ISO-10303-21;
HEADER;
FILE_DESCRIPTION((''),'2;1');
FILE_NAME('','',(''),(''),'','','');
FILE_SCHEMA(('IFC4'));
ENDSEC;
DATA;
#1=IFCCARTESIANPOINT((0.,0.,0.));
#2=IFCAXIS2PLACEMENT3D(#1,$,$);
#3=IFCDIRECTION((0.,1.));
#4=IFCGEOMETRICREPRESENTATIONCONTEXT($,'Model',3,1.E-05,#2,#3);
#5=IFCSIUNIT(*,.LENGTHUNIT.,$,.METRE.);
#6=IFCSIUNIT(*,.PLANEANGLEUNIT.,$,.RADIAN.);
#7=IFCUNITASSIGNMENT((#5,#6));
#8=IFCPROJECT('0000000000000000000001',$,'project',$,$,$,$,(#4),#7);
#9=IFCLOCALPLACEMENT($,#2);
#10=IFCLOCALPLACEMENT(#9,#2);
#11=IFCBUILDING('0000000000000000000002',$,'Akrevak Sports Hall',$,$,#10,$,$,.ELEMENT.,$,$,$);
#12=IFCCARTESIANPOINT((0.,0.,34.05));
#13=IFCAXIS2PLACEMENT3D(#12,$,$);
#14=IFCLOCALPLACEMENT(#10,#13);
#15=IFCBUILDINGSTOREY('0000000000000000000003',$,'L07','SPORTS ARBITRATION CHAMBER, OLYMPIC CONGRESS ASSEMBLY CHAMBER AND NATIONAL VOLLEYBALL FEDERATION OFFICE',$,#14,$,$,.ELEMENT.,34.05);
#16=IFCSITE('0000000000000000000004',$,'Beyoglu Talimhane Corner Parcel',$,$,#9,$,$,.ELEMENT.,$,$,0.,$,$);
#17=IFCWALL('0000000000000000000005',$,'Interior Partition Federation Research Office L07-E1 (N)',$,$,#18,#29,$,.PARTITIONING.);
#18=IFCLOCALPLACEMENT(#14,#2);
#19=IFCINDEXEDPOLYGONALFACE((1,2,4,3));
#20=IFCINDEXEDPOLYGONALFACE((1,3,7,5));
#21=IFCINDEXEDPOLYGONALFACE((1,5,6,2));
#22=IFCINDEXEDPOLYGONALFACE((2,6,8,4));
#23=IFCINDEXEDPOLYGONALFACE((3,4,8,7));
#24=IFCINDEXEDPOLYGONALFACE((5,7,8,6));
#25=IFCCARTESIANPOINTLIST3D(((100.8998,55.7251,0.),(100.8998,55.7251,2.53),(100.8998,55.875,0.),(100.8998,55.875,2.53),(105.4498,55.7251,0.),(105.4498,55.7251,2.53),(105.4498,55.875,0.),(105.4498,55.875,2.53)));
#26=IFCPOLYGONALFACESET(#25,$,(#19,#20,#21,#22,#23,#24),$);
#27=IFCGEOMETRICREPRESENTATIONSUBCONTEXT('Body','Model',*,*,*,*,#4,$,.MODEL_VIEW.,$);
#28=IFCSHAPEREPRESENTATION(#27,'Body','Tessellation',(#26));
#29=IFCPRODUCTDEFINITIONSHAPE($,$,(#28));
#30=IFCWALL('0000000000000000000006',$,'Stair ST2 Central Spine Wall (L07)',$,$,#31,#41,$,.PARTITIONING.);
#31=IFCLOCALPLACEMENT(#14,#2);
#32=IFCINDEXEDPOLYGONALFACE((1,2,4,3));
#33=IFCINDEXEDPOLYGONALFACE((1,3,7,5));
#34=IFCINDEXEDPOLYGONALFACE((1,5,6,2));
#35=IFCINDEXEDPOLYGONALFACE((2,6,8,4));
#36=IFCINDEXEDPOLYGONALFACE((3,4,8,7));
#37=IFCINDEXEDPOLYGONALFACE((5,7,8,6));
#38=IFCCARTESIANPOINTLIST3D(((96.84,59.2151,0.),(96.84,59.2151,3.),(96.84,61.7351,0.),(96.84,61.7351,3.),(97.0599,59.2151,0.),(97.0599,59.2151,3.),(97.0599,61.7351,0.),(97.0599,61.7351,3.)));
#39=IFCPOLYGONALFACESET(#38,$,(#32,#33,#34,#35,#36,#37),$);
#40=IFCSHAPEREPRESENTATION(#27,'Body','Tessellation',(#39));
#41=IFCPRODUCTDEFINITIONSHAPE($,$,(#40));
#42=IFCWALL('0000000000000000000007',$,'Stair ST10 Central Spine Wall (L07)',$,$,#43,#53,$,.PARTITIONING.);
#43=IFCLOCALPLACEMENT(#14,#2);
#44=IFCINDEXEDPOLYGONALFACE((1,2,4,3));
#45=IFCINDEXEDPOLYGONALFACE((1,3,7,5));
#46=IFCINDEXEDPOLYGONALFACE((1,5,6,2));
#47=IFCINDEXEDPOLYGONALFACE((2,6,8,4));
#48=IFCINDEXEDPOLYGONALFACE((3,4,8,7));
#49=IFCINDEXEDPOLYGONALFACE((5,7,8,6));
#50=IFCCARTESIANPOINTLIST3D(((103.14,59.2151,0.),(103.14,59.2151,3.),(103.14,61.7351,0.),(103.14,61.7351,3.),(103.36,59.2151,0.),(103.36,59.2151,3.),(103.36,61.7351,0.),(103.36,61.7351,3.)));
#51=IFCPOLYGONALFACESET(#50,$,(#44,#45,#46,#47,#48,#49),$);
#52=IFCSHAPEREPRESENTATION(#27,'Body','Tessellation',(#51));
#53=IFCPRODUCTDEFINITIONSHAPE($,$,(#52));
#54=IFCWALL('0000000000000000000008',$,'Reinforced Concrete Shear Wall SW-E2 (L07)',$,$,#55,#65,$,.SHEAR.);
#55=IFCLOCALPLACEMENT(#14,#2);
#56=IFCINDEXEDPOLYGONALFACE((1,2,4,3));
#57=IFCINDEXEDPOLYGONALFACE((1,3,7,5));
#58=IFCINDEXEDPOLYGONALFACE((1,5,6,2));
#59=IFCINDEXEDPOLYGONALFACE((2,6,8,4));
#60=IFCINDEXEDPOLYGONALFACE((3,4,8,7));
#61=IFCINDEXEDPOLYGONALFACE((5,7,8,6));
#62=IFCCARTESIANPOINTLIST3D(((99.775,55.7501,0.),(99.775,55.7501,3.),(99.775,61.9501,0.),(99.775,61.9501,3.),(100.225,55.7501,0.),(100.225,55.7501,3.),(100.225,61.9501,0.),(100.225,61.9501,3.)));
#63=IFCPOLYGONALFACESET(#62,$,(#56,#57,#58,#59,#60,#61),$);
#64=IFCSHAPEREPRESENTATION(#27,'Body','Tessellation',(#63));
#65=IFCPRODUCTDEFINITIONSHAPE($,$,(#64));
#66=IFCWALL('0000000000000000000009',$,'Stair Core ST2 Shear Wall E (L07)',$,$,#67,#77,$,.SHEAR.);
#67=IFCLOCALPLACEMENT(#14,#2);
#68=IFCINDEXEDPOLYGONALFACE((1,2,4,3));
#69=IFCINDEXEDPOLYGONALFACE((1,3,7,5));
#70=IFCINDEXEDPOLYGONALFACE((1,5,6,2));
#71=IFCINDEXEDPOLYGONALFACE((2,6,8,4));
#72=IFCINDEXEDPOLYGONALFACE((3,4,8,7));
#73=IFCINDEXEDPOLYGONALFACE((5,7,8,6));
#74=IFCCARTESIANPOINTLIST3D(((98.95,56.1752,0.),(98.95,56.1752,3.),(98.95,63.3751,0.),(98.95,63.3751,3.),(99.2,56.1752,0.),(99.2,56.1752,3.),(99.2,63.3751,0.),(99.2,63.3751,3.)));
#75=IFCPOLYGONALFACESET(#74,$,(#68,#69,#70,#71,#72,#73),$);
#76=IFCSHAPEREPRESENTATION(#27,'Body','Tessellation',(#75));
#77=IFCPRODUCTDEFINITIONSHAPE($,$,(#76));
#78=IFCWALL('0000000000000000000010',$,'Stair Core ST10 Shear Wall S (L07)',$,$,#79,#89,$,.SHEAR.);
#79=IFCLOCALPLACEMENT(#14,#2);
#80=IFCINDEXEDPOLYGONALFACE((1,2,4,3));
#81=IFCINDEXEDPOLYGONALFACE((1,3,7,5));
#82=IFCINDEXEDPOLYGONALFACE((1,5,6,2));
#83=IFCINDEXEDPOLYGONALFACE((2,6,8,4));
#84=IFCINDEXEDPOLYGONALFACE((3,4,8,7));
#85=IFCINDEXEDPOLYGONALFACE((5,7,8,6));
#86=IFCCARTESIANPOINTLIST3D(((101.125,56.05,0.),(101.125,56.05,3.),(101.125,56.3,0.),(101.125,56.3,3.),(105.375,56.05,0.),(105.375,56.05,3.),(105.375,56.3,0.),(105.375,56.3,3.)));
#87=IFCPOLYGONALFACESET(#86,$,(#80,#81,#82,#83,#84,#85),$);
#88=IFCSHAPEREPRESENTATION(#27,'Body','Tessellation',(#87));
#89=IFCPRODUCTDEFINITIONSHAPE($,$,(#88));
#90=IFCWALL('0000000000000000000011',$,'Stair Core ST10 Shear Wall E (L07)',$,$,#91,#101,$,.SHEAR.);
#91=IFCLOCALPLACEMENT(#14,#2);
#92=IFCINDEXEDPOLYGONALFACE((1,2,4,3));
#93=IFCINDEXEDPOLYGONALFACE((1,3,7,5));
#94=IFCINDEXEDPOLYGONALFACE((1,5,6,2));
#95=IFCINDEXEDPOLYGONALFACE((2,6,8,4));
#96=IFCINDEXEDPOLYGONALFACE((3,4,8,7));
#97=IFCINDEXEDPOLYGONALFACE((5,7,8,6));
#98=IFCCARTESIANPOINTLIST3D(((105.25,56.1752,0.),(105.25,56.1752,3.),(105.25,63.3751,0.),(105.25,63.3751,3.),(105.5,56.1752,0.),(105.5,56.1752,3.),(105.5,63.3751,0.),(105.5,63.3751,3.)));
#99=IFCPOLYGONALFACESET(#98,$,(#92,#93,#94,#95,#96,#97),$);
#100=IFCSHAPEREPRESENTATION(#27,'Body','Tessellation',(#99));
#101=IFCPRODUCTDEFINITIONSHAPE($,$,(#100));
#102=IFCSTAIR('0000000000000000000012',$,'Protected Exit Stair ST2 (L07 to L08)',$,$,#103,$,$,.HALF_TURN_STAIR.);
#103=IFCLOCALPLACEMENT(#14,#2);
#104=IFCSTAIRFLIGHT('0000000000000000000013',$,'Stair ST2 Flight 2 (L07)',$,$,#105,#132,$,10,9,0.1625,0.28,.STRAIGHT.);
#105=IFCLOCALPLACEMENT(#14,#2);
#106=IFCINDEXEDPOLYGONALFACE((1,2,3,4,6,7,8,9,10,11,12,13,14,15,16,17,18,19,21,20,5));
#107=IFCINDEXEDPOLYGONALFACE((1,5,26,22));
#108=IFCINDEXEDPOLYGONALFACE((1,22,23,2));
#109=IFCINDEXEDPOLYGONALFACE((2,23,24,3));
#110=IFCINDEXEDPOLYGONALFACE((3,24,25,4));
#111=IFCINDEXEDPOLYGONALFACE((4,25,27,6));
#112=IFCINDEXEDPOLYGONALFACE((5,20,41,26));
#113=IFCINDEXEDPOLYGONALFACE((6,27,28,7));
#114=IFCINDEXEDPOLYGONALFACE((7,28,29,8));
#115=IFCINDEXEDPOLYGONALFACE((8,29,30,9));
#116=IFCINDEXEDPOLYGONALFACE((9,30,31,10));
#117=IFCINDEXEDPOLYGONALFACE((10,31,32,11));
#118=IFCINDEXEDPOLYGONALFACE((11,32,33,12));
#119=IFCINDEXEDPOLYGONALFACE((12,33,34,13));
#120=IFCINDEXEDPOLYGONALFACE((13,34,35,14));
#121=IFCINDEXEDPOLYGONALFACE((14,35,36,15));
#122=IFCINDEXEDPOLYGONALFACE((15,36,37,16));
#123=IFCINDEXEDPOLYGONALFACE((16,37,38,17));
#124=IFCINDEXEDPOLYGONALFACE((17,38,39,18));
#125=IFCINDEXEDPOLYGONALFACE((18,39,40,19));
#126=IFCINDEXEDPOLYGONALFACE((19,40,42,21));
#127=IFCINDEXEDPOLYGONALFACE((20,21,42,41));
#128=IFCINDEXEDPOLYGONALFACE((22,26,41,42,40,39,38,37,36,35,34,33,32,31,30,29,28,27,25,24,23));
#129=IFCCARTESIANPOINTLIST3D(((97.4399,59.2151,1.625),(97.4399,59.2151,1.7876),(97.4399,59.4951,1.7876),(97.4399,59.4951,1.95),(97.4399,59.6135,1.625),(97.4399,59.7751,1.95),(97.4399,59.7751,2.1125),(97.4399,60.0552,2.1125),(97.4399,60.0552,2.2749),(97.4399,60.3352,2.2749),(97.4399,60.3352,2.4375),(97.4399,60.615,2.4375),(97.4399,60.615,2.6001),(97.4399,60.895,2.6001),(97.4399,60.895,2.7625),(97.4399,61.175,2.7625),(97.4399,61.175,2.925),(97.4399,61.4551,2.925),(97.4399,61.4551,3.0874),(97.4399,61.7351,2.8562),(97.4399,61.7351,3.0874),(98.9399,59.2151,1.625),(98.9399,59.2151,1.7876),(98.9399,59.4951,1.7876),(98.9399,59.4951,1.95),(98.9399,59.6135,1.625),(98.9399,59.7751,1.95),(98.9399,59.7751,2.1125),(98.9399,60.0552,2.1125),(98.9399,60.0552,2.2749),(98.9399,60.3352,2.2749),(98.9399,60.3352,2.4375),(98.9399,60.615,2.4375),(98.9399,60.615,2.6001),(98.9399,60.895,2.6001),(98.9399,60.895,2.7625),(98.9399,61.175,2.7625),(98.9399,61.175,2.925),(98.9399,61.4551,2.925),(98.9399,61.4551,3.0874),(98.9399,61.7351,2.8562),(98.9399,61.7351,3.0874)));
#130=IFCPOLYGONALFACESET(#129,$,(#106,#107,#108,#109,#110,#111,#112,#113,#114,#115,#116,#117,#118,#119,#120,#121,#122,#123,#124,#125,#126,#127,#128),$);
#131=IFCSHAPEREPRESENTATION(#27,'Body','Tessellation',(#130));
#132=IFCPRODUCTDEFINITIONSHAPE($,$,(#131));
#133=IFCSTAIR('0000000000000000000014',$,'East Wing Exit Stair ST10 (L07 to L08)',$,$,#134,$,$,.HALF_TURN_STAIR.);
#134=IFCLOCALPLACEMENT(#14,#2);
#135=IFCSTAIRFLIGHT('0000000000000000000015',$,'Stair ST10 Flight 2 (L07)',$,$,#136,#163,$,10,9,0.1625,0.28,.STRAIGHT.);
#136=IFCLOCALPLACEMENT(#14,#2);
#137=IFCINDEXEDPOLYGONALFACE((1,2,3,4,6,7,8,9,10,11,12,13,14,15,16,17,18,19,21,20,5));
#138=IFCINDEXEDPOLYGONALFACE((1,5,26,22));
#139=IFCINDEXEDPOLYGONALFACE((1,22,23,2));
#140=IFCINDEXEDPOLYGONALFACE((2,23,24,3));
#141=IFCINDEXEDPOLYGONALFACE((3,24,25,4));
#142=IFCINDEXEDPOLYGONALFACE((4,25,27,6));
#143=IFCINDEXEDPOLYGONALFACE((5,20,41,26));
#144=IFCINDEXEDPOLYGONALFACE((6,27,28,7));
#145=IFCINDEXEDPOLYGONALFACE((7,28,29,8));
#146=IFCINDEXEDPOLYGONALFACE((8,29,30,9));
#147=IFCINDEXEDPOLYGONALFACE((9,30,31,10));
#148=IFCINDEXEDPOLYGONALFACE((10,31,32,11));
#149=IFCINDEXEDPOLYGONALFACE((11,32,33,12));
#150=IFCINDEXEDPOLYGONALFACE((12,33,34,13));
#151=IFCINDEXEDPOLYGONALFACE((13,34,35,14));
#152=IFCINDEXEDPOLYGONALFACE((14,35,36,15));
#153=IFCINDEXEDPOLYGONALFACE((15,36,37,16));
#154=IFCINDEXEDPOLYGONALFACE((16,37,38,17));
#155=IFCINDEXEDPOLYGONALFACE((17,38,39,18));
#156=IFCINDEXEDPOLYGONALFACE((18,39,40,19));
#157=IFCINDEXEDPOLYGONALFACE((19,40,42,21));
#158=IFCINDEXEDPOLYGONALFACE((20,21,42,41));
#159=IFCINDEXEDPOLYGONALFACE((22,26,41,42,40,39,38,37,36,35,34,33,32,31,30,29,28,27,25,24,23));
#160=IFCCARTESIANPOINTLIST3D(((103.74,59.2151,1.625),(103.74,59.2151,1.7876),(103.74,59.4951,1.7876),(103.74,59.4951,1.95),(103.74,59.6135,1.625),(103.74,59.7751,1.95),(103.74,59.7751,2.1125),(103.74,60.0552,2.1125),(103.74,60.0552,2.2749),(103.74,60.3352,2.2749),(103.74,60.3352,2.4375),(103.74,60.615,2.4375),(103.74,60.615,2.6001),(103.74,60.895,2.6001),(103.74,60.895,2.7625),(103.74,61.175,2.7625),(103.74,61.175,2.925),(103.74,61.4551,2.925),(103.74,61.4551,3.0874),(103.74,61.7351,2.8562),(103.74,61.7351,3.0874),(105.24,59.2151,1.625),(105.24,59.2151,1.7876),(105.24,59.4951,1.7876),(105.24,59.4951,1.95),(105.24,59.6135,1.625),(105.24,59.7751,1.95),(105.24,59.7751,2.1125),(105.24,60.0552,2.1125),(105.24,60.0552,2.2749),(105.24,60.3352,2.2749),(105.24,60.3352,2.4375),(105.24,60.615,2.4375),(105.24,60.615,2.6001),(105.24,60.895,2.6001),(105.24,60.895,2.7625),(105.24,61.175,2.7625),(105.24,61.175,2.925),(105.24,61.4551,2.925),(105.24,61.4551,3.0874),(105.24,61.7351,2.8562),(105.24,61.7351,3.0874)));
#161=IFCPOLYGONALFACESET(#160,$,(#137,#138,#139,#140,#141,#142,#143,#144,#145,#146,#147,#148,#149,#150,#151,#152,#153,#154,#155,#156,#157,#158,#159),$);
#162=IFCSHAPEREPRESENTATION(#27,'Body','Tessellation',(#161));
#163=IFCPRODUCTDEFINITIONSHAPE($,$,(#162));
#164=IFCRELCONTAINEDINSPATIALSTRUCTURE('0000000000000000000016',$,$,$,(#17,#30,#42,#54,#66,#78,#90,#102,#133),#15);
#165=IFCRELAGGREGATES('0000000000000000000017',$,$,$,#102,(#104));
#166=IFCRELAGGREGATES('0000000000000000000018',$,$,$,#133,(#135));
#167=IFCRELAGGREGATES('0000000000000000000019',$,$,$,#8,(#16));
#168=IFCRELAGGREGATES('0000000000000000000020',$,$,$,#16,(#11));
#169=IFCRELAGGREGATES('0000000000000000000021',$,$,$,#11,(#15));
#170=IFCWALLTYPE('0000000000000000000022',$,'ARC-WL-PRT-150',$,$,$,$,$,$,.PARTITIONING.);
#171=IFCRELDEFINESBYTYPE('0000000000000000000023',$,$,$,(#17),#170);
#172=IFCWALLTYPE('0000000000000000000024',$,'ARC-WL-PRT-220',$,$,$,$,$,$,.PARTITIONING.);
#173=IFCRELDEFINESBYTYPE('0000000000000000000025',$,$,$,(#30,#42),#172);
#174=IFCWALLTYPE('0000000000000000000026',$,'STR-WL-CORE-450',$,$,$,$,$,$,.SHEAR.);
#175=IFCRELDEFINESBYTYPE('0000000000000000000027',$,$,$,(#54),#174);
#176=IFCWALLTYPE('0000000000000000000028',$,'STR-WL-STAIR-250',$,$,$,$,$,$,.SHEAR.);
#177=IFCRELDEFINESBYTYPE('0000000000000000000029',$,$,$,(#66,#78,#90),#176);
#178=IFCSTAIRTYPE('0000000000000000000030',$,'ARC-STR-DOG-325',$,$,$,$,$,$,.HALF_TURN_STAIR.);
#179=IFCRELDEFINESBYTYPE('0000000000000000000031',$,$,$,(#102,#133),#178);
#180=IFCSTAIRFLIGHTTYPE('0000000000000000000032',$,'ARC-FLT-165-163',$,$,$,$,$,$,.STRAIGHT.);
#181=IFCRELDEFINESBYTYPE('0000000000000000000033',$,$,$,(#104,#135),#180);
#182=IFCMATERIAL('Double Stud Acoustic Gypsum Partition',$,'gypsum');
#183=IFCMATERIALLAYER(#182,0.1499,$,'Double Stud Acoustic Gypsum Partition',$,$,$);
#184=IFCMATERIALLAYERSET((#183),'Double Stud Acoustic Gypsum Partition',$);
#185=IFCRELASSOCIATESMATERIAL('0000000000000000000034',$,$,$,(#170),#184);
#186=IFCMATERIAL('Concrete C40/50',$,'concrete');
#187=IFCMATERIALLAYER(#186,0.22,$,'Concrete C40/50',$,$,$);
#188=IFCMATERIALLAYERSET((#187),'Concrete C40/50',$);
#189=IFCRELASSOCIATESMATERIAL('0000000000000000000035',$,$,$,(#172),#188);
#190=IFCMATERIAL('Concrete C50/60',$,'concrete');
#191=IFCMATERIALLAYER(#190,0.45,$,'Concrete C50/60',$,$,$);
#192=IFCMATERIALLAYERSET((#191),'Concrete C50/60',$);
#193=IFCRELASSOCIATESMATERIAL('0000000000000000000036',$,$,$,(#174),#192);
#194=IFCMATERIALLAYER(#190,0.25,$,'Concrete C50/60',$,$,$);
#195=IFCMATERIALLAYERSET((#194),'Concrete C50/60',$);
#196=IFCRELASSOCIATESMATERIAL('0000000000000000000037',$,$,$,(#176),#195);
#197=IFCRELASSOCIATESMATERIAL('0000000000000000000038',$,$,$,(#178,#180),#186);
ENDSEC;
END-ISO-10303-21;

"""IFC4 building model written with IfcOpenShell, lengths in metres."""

from ifc_helpers import new_model, si_unit, direction, frame, frame_2d, origin, place, context, subcontext, project, spatial, polyline, rectangle, outline, extrude, material, layer, layer_set, type_object, element, aggregate, save


model = new_model("IFC4")

# Units and contexts
model_context = context("Model", 3, precision=1e-05, world=origin(), true_north=direction((0.0, 1.0)))
body_context = subcontext(model_context, "Body", "Model", "MODEL_VIEW")
ifc_project = project(units=[si_unit("LENGTHUNIT", "METRE"), si_unit("PLANEANGLEUNIT", "RADIAN")], contexts=[model_context])

# Site, building, storey
site_placement = place(None, origin())
site = spatial("IfcSite", under=ifc_project, at=site_placement, Name="Beyoglu Talimhane Corner Parcel", CompositionType="ELEMENT", RefElevation=0.0)
building_placement = place(site_placement, origin())
building = spatial("IfcBuilding", under=site, at=building_placement, Name="Akrevak Sports Hall", CompositionType="ELEMENT")
storey_placement = place(building_placement, frame((0.0, 0.0, 34.05)))
storey = spatial("IfcBuildingStorey", under=building, at=storey_placement, Name="L07", Description="SPORTS ARBITRATION CHAMBER, OLYMPIC CONGRESS ASSEMBLY CHAMBER AND NATIONAL VOLLEYBALL FEDERATION OFFICE", CompositionType="ELEMENT", Elevation=34.05)

# Walls
ifc_material_1 = material(Name="Double Stud Acoustic Gypsum Partition", Category="gypsum")
ifc_layer_1 = layer(ifc_material_1, 0.1499, Name="Double Stud Acoustic Gypsum Partition")
ifc_layer_set_1 = layer_set([ifc_layer_1], Name="Double Stud Acoustic Gypsum Partition")
wall_type_1 = type_object("IfcWallType", Name="ARC-WL-PRT-150", PredefinedType="PARTITIONING", material=ifc_layer_set_1)
wall_1_placement = place(storey_placement, frame((100.8999, 55.8, 0.0), z_axis=(0.0, 0.0, 1.0), x_axis=(1.0, 0.0, 0.0)))
element("IfcWall", 1, at=wall_1_placement, inside=storey, type_object=wall_type_1, Name="Interior Partition Federation Research Office L07-E1 (N)", PredefinedType="PARTITIONING", context=body_context, shape_type="SweptSolid", body=[
    extrude(rectangle(XDim=4.55, YDim=0.1499, at=frame_2d((2.2749, 0.0))), origin(), (0.0, 0.0, 1.0), 2.53),
])
ifc_material_2 = material(Name="Concrete C40/50", Category="concrete")
ifc_layer_2 = layer(ifc_material_2, 0.22, Name="Concrete C40/50")
ifc_layer_set_2 = layer_set([ifc_layer_2], Name="Concrete C40/50")
wall_type_2 = type_object("IfcWallType", Name="ARC-WL-PRT-220", PredefinedType="PARTITIONING", material=ifc_layer_set_2)
for number, where, z_axis, x_axis, name in (
    (2, (96.95, 59.2151, 0.0), (0.0, 0.0, 1.0), (0.0, 1.0, 0.0), "Stair ST2 Central Spine Wall (L07)"),
    (3, (103.25, 59.2151, 0.0), (0.0, 0.0, 1.0), (0.0, 1.0, 0.0), "Stair ST10 Central Spine Wall (L07)"),
):
    element("IfcWall", number, at=place(storey_placement, frame(where, z_axis=z_axis, x_axis=x_axis)), inside=storey, type_object=wall_type_2, Name=name, PredefinedType="PARTITIONING", context=body_context, shape_type="SweptSolid", body=[
        extrude(rectangle(XDim=2.52, YDim=0.22, at=frame_2d((1.26, 0.0))), origin(), (0.0, 0.0, 1.0), 3.0),
    ])
ifc_material_3 = material(Name="Concrete C50/60", Category="concrete")
ifc_layer_3 = layer(ifc_material_3, 0.45, Name="Concrete C50/60")
ifc_layer_set_3 = layer_set([ifc_layer_3], Name="Concrete C50/60")
wall_type_3 = type_object("IfcWallType", Name="STR-WL-CORE-450", PredefinedType="SHEAR", material=ifc_layer_set_3)
wall_2_placement = place(storey_placement, frame((100.0, 55.75, 0.0), z_axis=(0.0, 0.0, 1.0), x_axis=(0.0, 1.0, 0.0)))
element("IfcWall", 4, at=wall_2_placement, inside=storey, type_object=wall_type_3, Name="Reinforced Concrete Shear Wall SW-E2 (L07)", PredefinedType="SHEAR", context=body_context, shape_type="SweptSolid", body=[
    extrude(rectangle(XDim=6.2, YDim=0.45, at=frame_2d((3.1001, 0.0))), origin(), (0.0, 0.0, 1.0), 3.0),
])
ifc_layer_4 = layer(ifc_material_3, 0.25, Name="Concrete C50/60")
ifc_layer_set_4 = layer_set([ifc_layer_4], Name="Concrete C50/60")
wall_type_4 = type_object("IfcWallType", Name="STR-WL-STAIR-250", PredefinedType="SHEAR", material=ifc_layer_set_4)
wall_3_placement = place(storey_placement, frame((99.075, 56.175, 0.0), z_axis=(0.0, 0.0, 1.0), x_axis=(0.0, 1.0, 0.0)))
element("IfcWall", 5, at=wall_3_placement, inside=storey, type_object=wall_type_4, Name="Stair Core ST2 Shear Wall E (L07)", PredefinedType="SHEAR", context=body_context, shape_type="SweptSolid", body=[
    extrude(rectangle(XDim=7.2, YDim=0.25, at=frame_2d((3.6001, 0.0))), origin(), (0.0, 0.0, 1.0), 3.0),
])
wall_4_placement = place(storey_placement, frame((101.125, 56.175, 0.0), z_axis=(0.0, 0.0, 1.0), x_axis=(1.0, 0.0, 0.0)))
element("IfcWall", 6, at=wall_4_placement, inside=storey, type_object=wall_type_4, Name="Stair Core ST10 Shear Wall S (L07)", PredefinedType="SHEAR", context=body_context, shape_type="SweptSolid", body=[
    extrude(rectangle(XDim=4.25, YDim=0.25, at=frame_2d((2.125, 0.0))), origin(), (0.0, 0.0, 1.0), 3.0),
])
wall_5_placement = place(storey_placement, frame((105.375, 56.175, 0.0), z_axis=(0.0, 0.0, 1.0), x_axis=(0.0, 1.0, 0.0)))
element("IfcWall", 7, at=wall_5_placement, inside=storey, type_object=wall_type_4, Name="Stair Core ST10 Shear Wall E (L07)", PredefinedType="SHEAR", context=body_context, shape_type="SweptSolid", body=[
    extrude(rectangle(XDim=7.2, YDim=0.25, at=frame_2d((3.6001, 0.0))), origin(), (0.0, 0.0, 1.0), 3.0),
])

# Stairs, stair flights
stair_type = type_object("IfcStairType", Name="ARC-STR-DOG-325", PredefinedType="HALF_TURN_STAIR", material=ifc_material_2)
stair_1_placement = place(storey_placement, origin())
stair_1 = element("IfcStair", 8, at=stair_1_placement, inside=storey, type_object=stair_type, Name="Protected Exit Stair ST2 (L07 to L08)", PredefinedType="HALF_TURN_STAIR")
stair_flight_type = type_object("IfcStairFlightType", Name="ARC-FLT-165-163", PredefinedType="STRAIGHT", material=ifc_material_2)
stair_flight_1_placement = place(storey_placement, frame((98.1899, 59.2151, 1.625), z_axis=(0.0, 0.0, 1.0), x_axis=(0.0, 1.0, 0.0)))
stair_flight_1 = element("IfcStairFlight", 9, at=stair_flight_1_placement, type_object=stair_flight_type, Name="Stair ST2 Flight 2 (L07)", NumberOfRisers=10, NumberOfTreads=9, PredefinedType="STRAIGHT", RiserHeight=0.1625, TreadLength=0.28, context=body_context, shape_type="SweptSolid", body=[
    extrude(outline(polyline([(0.0, 0.0), (0.0, 0.1626), (0.28, 0.1626), (0.28, 0.325), (0.5601, 0.325), (0.5601, 0.4875), (0.8401, 0.4875), (0.8401, 0.6499), (1.1201, 0.6499), (1.1201, 0.8125), (1.3999, 0.8125), (1.3999, 0.9751), (1.6799, 0.9751), (1.6799, 1.1375), (1.96, 1.1375), (1.96, 1.3), (2.24, 1.3), (2.24, 1.4624), (2.52, 1.4624), (2.52, 1.625), (2.52, 1.2312), (0.3984, 0.0), (0.0, 0.0)])), frame((0.0, 0.75, 0.0), z_axis=(0.0, -1.0, 0.0), x_axis=(1.0, 0.0, 0.0)), (0.0, 0.0, 1.0), 1.5),
])
aggregate(stair_1, [stair_flight_1])
stair_2_placement = place(storey_placement, origin())
stair_2 = element("IfcStair", 10, at=stair_2_placement, inside=storey, type_object=stair_type, Name="East Wing Exit Stair ST10 (L07 to L08)", PredefinedType="HALF_TURN_STAIR")
stair_flight_2_placement = place(storey_placement, frame((104.49, 59.2151, 1.625), z_axis=(0.0, 0.0, 1.0), x_axis=(0.0, 1.0, 0.0)))
stair_flight_2 = element("IfcStairFlight", 11, at=stair_flight_2_placement, type_object=stair_flight_type, Name="Stair ST10 Flight 2 (L07)", NumberOfRisers=10, NumberOfTreads=9, PredefinedType="STRAIGHT", RiserHeight=0.1625, TreadLength=0.28, context=body_context, shape_type="SweptSolid", body=[
    extrude(outline(polyline([(0.0, 0.0), (0.0, 0.1626), (0.28, 0.1626), (0.28, 0.325), (0.5601, 0.325), (0.5601, 0.4875), (0.8401, 0.4875), (0.8401, 0.6499), (1.1201, 0.6499), (1.1201, 0.8125), (1.3999, 0.8125), (1.3999, 0.9751), (1.6799, 0.9751), (1.6799, 1.1375), (1.96, 1.1375), (1.96, 1.3), (2.24, 1.3), (2.24, 1.4624), (2.52, 1.4624), (2.52, 1.625), (2.52, 1.2312), (0.3984, 0.0), (0.0, 0.0)])), frame((0.0, 0.75, 0.0), z_axis=(0.0, -1.0, 0.0), x_axis=(1.0, 0.0, 0.0)), (0.0, 0.0, 1.0), 1.5),
])
aggregate(stair_2, [stair_flight_2])

save(model, "model.ifc")
